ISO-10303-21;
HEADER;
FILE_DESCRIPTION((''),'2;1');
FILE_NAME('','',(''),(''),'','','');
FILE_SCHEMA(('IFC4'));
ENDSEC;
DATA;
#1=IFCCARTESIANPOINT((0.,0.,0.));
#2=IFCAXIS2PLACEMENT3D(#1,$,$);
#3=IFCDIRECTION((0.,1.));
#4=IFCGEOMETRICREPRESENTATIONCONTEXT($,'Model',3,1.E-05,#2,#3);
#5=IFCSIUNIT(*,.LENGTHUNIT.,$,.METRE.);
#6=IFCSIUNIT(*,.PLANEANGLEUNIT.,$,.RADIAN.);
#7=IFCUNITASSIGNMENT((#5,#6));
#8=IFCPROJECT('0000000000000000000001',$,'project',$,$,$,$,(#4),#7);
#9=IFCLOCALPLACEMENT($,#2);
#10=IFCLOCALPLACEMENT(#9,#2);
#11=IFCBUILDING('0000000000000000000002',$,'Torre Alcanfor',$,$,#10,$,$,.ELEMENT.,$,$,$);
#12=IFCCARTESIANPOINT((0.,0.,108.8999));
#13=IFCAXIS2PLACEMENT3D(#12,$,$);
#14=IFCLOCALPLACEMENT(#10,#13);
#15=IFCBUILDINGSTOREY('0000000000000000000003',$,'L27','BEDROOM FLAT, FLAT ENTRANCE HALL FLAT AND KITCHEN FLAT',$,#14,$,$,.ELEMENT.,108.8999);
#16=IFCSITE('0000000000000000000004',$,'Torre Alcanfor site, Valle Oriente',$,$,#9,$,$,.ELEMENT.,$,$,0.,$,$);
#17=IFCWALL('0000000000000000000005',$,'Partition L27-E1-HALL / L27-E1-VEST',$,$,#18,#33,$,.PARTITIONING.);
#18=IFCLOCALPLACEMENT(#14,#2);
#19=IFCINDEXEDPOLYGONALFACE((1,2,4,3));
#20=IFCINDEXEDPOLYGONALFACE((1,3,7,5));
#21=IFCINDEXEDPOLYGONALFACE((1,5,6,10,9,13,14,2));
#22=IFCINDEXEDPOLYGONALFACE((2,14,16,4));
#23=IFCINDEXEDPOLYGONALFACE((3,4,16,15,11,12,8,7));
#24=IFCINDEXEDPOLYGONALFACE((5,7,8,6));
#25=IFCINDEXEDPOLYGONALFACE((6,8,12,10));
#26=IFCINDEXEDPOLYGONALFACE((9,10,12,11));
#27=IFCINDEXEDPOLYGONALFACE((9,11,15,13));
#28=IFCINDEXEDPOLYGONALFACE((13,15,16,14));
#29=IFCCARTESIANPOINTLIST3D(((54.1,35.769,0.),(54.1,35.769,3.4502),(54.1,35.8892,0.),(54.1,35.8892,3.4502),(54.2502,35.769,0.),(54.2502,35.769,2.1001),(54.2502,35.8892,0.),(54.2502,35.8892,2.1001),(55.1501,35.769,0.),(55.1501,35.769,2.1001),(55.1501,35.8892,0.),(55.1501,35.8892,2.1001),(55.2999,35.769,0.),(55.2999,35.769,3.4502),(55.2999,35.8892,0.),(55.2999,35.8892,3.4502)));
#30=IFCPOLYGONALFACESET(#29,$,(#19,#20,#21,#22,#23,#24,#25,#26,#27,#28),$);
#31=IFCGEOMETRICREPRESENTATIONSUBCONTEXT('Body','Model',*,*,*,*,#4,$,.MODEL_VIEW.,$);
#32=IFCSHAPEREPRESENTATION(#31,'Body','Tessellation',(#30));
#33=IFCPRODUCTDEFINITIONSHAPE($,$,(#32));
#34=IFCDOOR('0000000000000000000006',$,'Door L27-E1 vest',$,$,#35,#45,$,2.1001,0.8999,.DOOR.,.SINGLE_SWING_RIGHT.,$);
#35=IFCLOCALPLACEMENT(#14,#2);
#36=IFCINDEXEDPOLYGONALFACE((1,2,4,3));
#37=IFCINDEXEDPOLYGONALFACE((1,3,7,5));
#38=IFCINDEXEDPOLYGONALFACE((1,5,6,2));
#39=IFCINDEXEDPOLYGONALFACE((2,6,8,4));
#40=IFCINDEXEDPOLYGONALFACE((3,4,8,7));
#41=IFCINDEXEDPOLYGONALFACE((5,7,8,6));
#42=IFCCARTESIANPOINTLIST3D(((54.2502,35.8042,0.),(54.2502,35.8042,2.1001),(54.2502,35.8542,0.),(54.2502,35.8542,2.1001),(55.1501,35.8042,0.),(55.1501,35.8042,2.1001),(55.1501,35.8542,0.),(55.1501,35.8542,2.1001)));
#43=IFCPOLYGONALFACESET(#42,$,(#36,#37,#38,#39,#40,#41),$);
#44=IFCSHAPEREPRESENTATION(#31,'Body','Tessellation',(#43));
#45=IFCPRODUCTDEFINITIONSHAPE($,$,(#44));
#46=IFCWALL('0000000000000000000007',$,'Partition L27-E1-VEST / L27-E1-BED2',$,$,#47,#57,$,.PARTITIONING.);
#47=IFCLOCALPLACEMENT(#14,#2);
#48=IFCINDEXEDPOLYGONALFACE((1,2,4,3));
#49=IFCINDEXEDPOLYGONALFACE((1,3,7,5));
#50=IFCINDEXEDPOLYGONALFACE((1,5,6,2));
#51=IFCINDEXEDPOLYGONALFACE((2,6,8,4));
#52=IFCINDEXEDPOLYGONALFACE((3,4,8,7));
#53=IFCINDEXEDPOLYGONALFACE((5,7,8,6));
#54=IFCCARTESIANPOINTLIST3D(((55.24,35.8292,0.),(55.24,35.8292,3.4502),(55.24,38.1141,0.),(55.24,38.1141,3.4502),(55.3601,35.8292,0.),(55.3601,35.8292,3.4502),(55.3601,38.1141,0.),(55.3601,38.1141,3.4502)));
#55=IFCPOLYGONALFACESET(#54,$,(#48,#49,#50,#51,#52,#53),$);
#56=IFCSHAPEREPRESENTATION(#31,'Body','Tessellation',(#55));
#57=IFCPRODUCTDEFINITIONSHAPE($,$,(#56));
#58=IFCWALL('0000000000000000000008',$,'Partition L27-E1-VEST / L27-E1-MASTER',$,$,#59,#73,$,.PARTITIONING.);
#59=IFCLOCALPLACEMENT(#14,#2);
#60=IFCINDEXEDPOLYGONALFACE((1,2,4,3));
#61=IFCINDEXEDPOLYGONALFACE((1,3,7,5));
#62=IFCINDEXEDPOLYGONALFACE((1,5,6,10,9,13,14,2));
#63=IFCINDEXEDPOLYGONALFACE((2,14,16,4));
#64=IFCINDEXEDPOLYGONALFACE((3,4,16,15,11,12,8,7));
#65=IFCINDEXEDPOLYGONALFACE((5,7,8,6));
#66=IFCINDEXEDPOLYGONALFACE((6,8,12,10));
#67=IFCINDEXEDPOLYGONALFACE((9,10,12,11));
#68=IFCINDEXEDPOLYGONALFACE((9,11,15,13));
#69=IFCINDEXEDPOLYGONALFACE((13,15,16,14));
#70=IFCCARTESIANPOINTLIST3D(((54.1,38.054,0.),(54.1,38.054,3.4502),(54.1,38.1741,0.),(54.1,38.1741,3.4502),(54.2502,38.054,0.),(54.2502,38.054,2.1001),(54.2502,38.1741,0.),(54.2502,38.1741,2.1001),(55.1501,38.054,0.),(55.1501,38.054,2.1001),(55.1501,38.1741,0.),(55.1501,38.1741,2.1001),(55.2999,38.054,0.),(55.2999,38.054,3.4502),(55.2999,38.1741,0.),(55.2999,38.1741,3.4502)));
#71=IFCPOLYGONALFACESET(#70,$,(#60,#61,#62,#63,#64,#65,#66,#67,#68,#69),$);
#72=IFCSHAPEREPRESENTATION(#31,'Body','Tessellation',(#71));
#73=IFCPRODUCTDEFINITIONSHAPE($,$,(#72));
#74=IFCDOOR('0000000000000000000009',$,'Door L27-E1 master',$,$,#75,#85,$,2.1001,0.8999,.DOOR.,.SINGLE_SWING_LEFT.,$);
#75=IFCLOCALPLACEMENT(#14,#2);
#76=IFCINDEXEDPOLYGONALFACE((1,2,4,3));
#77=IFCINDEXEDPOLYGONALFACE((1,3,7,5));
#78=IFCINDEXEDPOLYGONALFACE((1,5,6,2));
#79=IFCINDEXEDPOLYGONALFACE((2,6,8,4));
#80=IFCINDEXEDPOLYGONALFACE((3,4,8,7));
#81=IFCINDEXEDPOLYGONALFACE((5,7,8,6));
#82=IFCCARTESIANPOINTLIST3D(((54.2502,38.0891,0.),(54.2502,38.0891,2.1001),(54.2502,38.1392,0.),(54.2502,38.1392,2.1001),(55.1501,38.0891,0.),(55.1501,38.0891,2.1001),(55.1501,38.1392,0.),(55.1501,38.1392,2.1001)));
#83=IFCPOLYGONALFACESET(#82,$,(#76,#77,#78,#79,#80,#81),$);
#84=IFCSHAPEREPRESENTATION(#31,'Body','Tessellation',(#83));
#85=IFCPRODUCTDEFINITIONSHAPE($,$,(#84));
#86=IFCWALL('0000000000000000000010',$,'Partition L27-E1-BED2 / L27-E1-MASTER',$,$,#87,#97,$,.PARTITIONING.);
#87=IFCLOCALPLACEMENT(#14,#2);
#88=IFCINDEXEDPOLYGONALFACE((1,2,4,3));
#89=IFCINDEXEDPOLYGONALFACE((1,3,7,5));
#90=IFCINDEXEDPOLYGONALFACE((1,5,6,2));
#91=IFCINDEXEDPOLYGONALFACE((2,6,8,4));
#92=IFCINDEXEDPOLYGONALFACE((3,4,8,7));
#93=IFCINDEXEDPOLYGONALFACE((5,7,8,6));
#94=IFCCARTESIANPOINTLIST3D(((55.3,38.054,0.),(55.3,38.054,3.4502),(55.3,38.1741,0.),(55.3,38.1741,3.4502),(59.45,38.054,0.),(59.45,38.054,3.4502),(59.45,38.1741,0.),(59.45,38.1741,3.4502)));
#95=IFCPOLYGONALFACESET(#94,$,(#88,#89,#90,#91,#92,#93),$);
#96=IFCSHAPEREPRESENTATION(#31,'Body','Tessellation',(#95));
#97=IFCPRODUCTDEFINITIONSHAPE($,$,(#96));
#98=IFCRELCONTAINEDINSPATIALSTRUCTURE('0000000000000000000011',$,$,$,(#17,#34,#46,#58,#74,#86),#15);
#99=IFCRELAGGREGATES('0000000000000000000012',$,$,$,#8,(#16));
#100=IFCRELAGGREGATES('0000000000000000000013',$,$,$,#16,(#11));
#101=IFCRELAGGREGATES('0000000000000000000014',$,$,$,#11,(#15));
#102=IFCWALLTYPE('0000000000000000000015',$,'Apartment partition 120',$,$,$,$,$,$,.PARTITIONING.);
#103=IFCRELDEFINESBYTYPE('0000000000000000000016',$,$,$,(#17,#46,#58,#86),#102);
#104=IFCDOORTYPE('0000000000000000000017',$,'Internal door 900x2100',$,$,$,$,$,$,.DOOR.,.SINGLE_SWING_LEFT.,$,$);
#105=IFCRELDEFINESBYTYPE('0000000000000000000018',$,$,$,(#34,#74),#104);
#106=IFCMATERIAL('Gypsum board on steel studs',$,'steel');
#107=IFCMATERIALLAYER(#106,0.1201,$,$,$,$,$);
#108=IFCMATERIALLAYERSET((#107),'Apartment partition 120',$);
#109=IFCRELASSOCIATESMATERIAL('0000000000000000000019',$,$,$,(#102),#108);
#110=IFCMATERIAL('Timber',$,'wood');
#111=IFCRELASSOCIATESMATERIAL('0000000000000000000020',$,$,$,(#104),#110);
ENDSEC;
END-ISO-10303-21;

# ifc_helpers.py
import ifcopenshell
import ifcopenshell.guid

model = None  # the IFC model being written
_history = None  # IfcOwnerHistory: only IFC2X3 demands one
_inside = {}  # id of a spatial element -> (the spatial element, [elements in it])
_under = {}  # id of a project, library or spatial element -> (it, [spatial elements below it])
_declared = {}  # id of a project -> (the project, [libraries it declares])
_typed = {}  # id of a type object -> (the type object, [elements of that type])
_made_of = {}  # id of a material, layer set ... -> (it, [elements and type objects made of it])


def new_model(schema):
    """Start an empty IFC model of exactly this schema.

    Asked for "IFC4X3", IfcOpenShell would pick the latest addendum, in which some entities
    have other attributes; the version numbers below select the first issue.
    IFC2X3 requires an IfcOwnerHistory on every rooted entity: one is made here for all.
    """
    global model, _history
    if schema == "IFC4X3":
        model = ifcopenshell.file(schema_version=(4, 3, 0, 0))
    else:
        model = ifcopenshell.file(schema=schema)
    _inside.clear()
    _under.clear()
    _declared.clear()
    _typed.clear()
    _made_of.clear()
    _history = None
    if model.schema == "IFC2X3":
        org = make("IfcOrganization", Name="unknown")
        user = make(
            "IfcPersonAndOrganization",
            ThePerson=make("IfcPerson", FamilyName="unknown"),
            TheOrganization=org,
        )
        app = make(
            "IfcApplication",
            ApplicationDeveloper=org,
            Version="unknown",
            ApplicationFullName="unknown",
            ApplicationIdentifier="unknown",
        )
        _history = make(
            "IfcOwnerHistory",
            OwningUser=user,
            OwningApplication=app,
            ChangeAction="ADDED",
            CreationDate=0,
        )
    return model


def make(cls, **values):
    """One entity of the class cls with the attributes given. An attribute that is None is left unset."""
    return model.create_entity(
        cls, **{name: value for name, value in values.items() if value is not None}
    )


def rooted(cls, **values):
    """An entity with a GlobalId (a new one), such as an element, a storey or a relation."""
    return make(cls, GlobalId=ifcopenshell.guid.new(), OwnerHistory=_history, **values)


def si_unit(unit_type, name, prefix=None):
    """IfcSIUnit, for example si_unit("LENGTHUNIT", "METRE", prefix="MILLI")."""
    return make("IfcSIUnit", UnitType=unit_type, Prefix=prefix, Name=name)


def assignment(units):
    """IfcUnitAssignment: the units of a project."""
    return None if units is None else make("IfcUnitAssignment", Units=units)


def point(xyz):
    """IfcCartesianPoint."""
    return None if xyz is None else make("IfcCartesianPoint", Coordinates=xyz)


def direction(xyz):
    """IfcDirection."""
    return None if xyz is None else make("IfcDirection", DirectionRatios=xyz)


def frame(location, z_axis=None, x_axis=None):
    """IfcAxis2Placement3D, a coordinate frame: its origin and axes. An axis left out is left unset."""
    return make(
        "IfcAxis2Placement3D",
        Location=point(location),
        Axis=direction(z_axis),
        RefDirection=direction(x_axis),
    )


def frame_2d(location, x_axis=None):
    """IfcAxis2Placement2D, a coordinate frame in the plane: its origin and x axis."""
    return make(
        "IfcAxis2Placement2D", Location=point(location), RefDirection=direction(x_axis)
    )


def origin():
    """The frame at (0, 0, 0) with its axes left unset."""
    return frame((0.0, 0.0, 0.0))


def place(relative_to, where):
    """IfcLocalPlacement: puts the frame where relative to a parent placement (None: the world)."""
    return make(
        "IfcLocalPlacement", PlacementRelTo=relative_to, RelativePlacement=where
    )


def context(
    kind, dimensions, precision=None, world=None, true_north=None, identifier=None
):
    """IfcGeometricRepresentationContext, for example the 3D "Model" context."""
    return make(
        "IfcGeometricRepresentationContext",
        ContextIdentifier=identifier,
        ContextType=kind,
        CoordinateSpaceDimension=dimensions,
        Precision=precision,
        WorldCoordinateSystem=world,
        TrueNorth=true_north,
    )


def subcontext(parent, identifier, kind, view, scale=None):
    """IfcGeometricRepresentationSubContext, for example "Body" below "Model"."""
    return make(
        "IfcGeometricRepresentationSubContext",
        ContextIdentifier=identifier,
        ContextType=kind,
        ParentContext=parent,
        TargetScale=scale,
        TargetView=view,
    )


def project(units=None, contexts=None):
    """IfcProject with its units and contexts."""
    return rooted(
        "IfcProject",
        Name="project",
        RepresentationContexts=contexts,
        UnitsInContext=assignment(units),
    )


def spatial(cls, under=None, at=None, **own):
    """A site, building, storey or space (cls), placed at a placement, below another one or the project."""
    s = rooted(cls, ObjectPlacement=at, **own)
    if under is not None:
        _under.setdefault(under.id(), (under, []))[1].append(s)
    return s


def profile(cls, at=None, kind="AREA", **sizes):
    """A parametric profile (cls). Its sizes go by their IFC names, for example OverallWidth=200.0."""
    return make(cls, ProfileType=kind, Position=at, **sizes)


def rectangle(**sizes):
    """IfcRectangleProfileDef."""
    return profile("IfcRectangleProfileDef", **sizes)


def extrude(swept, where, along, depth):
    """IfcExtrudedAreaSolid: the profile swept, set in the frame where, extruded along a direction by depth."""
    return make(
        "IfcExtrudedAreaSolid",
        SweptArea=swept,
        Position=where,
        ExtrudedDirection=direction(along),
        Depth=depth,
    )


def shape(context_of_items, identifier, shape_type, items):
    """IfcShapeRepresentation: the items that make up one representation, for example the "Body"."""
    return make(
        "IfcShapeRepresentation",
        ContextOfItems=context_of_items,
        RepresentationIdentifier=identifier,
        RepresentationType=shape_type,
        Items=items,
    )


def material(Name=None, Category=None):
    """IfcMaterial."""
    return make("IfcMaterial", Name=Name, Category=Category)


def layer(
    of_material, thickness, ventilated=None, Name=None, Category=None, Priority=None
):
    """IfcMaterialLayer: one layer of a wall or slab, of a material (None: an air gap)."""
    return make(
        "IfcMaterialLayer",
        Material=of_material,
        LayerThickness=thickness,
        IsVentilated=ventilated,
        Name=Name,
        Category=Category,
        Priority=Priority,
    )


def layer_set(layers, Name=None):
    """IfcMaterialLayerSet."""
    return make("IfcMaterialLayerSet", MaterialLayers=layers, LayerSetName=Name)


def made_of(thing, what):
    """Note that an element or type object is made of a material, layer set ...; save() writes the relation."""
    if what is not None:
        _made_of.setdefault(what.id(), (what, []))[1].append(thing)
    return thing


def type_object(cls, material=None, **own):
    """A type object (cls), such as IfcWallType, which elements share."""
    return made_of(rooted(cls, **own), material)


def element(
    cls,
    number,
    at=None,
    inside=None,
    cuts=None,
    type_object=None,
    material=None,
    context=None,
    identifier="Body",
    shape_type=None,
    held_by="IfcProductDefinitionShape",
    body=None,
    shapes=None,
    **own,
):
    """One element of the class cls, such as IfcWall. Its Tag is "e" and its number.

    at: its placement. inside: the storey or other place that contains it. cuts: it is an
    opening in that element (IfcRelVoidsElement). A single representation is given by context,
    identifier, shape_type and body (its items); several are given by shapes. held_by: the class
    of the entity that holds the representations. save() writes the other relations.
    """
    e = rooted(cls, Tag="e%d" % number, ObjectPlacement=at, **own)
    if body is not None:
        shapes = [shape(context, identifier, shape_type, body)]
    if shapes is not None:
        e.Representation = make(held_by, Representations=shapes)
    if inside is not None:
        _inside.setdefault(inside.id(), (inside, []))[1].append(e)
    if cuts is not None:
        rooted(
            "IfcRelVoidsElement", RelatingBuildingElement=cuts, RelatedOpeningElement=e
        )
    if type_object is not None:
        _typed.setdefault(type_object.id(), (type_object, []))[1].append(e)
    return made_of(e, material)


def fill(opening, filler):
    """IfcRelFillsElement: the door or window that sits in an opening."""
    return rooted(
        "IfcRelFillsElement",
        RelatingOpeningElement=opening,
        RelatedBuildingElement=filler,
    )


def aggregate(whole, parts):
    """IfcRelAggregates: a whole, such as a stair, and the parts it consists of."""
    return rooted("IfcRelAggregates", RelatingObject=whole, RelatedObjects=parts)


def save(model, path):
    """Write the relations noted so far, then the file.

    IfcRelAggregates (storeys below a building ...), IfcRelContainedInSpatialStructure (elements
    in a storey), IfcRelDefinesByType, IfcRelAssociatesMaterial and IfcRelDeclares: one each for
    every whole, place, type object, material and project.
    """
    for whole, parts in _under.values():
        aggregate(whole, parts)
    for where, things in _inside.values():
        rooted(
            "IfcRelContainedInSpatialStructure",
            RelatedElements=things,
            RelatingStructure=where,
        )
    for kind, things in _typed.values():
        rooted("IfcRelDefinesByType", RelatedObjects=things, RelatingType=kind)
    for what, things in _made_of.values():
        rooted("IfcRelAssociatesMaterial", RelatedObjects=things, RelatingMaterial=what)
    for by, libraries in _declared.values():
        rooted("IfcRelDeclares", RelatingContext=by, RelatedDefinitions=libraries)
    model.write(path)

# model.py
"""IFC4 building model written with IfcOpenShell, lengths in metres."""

from ifc_helpers import new_model, si_unit, direction, frame, frame_2d, origin, place, context, subcontext, project, spatial, rectangle, extrude, material, layer, layer_set, type_object, element, fill, save


model = new_model("IFC4")

# Units and contexts
model_context = context("Model", 3, precision=1e-05, world=origin(), true_north=direction((0.0, 1.0)))
body_context = subcontext(model_context, "Body", "Model", "MODEL_VIEW")
ifc_project = project(units=[si_unit("LENGTHUNIT", "METRE"), si_unit("PLANEANGLEUNIT", "RADIAN")], contexts=[model_context])

# Site, building, storey
site_placement = place(None, origin())
site = spatial("IfcSite", under=ifc_project, at=site_placement, Name="Torre Alcanfor site, Valle Oriente", CompositionType="ELEMENT", RefElevation=0.0)
building_placement = place(site_placement, origin())
building = spatial("IfcBuilding", under=site, at=building_placement, Name="Torre Alcanfor", CompositionType="ELEMENT")
storey_placement = place(building_placement, frame((0.0, 0.0, 108.8999)))
storey = spatial("IfcBuildingStorey", under=building, at=storey_placement, Name="L27", Description="BEDROOM FLAT, FLAT ENTRANCE HALL FLAT AND KITCHEN FLAT", CompositionType="ELEMENT", Elevation=108.8999)

# Wall, opening, door
ifc_material_1 = material(Name="Gypsum board on steel studs", Category="steel")
ifc_layer_1 = layer(ifc_material_1, 0.1201)
ifc_layer_set_1 = layer_set([ifc_layer_1], Name="Apartment partition 120")
wall_type_1 = type_object("IfcWallType", Name="Apartment partition 120", PredefinedType="PARTITIONING", material=ifc_layer_set_1)
wall_1_placement = place(storey_placement, frame((55.3, 35.8291, 0.0), z_axis=(0.0, 0.0, 1.0), x_axis=(-1.0, 0.0, 0.0)))
wall_1 = element("IfcWall", 1, at=wall_1_placement, inside=storey, type_object=wall_type_1, Name="Partition L27-E1-HALL / L27-E1-VEST", PredefinedType="PARTITIONING", context=body_context, shape_type="SweptSolid", body=[
    extrude(rectangle(XDim=1.2, YDim=0.1201, at=frame_2d((0.6001, 0.0))), origin(), (0.0, 0.0, 1.0), 3.4502),
])
opening_1_placement = place(wall_1_placement, frame((0.1499, 0.0, 0.0)))
opening_1 = element("IfcOpeningElement", 2, at=opening_1_placement, cuts=wall_1, PredefinedType="OPENING", context=body_context, shape_type="SweptSolid", body=[
    extrude(rectangle(XDim=0.8999, YDim=2.1001, at=frame_2d((0.45, 1.05))), frame((0.0, 0.0701, 0.0), z_axis=(0.0, -1.0, 0.0), x_axis=(1.0, 0.0, 0.0)), (0.0, 0.0, 1.0), 0.1401),
])
ifc_material_2 = material(Name="Timber", Category="wood")
door_type_1 = type_object("IfcDoorType", Name="Internal door 900x2100", OperationType="SINGLE_SWING_LEFT", PredefinedType="DOOR", material=ifc_material_2)
door_1_placement = place(opening_1_placement, frame((0.8999, 0.0, 0.0), z_axis=(0.0, 0.0, 1.0), x_axis=(-1.0, 0.0, 0.0)))
door_1 = element("IfcDoor", 3, at=door_1_placement, inside=storey, type_object=door_type_1, Name="Door L27-E1 vest", OperationType="SINGLE_SWING_RIGHT", OverallHeight=2.1001, OverallWidth=0.8999, PredefinedType="DOOR", context=body_context, shape_type="SweptSolid", body=[
    extrude(rectangle(XDim=0.8999, YDim=2.1001, at=frame_2d((0.45, 1.05))), frame((0.0, 0.0251, 0.0), z_axis=(0.0, -1.0, 0.0), x_axis=(1.0, 0.0, 0.0)), (0.0, 0.0, 1.0), 0.05),
])
fill(opening_1, door_1)

# Wall
wall_2_placement = place(storey_placement, frame((55.3, 35.8291, 0.0), z_axis=(0.0, 0.0, 1.0), x_axis=(0.0, 1.0, 0.0)))
element("IfcWall", 4, at=wall_2_placement, inside=storey, type_object=wall_type_1, Name="Partition L27-E1-VEST / L27-E1-BED2", PredefinedType="PARTITIONING", context=body_context, shape_type="SweptSolid", body=[
    extrude(rectangle(XDim=2.2849, YDim=0.1201, at=frame_2d((1.1426, 0.0))), origin(), (0.0, 0.0, 1.0), 3.4502),
])

# Wall, opening, door
wall_3_placement = place(storey_placement, frame((55.3, 38.114, 0.0), z_axis=(0.0, 0.0, 1.0), x_axis=(-1.0, 0.0, 0.0)))
wall_3 = element("IfcWall", 5, at=wall_3_placement, inside=storey, type_object=wall_type_1, Name="Partition L27-E1-VEST / L27-E1-MASTER", PredefinedType="PARTITIONING", context=body_context, shape_type="SweptSolid", body=[
    extrude(rectangle(XDim=1.2, YDim=0.1201, at=frame_2d((0.6001, 0.0))), origin(), (0.0, 0.0, 1.0), 3.4502),
])
opening_2_placement = place(wall_3_placement, frame((0.1499, 0.0, 0.0)))
opening_2 = element("IfcOpeningElement", 6, at=opening_2_placement, cuts=wall_3, PredefinedType="OPENING", context=body_context, shape_type="SweptSolid", body=[
    extrude(rectangle(XDim=0.8999, YDim=2.1001, at=frame_2d((0.45, 1.05))), frame((0.0, 0.0701, 0.0), z_axis=(0.0, -1.0, 0.0), x_axis=(1.0, 0.0, 0.0)), (0.0, 0.0, 1.0), 0.1401),
])
door_2_placement = place(opening_2_placement, origin())
door_2 = element("IfcDoor", 7, at=door_2_placement, inside=storey, type_object=door_type_1, Name="Door L27-E1 master", OperationType="SINGLE_SWING_LEFT", OverallHeight=2.1001, OverallWidth=0.8999, PredefinedType="DOOR", context=body_context, shape_type="SweptSolid", body=[
    extrude(rectangle(XDim=0.8999, YDim=2.1001, at=frame_2d((0.45, 1.05))), frame((0.0, 0.0249, 0.0), z_axis=(0.0, -1.0, 0.0), x_axis=(1.0, 0.0, 0.0)), (0.0, 0.0, 1.0), 0.05),
])
fill(opening_2, door_2)

# Wall
wall_4_placement = place(storey_placement, frame((59.45, 38.114, 0.0), z_axis=(0.0, 0.0, 1.0), x_axis=(-1.0, 0.0, 0.0)))
element("IfcWall", 8, at=wall_4_placement, inside=storey, type_object=wall_type_1, Name="Partition L27-E1-BED2 / L27-E1-MASTER", PredefinedType="PARTITIONING", context=body_context, shape_type="SweptSolid", body=[
    extrude(rectangle(XDim=4.1499, YDim=0.1201, at=frame_2d((2.075, 0.0))), origin(), (0.0, 0.0, 1.0), 3.4502),
])

save(model, "model.ifc")
